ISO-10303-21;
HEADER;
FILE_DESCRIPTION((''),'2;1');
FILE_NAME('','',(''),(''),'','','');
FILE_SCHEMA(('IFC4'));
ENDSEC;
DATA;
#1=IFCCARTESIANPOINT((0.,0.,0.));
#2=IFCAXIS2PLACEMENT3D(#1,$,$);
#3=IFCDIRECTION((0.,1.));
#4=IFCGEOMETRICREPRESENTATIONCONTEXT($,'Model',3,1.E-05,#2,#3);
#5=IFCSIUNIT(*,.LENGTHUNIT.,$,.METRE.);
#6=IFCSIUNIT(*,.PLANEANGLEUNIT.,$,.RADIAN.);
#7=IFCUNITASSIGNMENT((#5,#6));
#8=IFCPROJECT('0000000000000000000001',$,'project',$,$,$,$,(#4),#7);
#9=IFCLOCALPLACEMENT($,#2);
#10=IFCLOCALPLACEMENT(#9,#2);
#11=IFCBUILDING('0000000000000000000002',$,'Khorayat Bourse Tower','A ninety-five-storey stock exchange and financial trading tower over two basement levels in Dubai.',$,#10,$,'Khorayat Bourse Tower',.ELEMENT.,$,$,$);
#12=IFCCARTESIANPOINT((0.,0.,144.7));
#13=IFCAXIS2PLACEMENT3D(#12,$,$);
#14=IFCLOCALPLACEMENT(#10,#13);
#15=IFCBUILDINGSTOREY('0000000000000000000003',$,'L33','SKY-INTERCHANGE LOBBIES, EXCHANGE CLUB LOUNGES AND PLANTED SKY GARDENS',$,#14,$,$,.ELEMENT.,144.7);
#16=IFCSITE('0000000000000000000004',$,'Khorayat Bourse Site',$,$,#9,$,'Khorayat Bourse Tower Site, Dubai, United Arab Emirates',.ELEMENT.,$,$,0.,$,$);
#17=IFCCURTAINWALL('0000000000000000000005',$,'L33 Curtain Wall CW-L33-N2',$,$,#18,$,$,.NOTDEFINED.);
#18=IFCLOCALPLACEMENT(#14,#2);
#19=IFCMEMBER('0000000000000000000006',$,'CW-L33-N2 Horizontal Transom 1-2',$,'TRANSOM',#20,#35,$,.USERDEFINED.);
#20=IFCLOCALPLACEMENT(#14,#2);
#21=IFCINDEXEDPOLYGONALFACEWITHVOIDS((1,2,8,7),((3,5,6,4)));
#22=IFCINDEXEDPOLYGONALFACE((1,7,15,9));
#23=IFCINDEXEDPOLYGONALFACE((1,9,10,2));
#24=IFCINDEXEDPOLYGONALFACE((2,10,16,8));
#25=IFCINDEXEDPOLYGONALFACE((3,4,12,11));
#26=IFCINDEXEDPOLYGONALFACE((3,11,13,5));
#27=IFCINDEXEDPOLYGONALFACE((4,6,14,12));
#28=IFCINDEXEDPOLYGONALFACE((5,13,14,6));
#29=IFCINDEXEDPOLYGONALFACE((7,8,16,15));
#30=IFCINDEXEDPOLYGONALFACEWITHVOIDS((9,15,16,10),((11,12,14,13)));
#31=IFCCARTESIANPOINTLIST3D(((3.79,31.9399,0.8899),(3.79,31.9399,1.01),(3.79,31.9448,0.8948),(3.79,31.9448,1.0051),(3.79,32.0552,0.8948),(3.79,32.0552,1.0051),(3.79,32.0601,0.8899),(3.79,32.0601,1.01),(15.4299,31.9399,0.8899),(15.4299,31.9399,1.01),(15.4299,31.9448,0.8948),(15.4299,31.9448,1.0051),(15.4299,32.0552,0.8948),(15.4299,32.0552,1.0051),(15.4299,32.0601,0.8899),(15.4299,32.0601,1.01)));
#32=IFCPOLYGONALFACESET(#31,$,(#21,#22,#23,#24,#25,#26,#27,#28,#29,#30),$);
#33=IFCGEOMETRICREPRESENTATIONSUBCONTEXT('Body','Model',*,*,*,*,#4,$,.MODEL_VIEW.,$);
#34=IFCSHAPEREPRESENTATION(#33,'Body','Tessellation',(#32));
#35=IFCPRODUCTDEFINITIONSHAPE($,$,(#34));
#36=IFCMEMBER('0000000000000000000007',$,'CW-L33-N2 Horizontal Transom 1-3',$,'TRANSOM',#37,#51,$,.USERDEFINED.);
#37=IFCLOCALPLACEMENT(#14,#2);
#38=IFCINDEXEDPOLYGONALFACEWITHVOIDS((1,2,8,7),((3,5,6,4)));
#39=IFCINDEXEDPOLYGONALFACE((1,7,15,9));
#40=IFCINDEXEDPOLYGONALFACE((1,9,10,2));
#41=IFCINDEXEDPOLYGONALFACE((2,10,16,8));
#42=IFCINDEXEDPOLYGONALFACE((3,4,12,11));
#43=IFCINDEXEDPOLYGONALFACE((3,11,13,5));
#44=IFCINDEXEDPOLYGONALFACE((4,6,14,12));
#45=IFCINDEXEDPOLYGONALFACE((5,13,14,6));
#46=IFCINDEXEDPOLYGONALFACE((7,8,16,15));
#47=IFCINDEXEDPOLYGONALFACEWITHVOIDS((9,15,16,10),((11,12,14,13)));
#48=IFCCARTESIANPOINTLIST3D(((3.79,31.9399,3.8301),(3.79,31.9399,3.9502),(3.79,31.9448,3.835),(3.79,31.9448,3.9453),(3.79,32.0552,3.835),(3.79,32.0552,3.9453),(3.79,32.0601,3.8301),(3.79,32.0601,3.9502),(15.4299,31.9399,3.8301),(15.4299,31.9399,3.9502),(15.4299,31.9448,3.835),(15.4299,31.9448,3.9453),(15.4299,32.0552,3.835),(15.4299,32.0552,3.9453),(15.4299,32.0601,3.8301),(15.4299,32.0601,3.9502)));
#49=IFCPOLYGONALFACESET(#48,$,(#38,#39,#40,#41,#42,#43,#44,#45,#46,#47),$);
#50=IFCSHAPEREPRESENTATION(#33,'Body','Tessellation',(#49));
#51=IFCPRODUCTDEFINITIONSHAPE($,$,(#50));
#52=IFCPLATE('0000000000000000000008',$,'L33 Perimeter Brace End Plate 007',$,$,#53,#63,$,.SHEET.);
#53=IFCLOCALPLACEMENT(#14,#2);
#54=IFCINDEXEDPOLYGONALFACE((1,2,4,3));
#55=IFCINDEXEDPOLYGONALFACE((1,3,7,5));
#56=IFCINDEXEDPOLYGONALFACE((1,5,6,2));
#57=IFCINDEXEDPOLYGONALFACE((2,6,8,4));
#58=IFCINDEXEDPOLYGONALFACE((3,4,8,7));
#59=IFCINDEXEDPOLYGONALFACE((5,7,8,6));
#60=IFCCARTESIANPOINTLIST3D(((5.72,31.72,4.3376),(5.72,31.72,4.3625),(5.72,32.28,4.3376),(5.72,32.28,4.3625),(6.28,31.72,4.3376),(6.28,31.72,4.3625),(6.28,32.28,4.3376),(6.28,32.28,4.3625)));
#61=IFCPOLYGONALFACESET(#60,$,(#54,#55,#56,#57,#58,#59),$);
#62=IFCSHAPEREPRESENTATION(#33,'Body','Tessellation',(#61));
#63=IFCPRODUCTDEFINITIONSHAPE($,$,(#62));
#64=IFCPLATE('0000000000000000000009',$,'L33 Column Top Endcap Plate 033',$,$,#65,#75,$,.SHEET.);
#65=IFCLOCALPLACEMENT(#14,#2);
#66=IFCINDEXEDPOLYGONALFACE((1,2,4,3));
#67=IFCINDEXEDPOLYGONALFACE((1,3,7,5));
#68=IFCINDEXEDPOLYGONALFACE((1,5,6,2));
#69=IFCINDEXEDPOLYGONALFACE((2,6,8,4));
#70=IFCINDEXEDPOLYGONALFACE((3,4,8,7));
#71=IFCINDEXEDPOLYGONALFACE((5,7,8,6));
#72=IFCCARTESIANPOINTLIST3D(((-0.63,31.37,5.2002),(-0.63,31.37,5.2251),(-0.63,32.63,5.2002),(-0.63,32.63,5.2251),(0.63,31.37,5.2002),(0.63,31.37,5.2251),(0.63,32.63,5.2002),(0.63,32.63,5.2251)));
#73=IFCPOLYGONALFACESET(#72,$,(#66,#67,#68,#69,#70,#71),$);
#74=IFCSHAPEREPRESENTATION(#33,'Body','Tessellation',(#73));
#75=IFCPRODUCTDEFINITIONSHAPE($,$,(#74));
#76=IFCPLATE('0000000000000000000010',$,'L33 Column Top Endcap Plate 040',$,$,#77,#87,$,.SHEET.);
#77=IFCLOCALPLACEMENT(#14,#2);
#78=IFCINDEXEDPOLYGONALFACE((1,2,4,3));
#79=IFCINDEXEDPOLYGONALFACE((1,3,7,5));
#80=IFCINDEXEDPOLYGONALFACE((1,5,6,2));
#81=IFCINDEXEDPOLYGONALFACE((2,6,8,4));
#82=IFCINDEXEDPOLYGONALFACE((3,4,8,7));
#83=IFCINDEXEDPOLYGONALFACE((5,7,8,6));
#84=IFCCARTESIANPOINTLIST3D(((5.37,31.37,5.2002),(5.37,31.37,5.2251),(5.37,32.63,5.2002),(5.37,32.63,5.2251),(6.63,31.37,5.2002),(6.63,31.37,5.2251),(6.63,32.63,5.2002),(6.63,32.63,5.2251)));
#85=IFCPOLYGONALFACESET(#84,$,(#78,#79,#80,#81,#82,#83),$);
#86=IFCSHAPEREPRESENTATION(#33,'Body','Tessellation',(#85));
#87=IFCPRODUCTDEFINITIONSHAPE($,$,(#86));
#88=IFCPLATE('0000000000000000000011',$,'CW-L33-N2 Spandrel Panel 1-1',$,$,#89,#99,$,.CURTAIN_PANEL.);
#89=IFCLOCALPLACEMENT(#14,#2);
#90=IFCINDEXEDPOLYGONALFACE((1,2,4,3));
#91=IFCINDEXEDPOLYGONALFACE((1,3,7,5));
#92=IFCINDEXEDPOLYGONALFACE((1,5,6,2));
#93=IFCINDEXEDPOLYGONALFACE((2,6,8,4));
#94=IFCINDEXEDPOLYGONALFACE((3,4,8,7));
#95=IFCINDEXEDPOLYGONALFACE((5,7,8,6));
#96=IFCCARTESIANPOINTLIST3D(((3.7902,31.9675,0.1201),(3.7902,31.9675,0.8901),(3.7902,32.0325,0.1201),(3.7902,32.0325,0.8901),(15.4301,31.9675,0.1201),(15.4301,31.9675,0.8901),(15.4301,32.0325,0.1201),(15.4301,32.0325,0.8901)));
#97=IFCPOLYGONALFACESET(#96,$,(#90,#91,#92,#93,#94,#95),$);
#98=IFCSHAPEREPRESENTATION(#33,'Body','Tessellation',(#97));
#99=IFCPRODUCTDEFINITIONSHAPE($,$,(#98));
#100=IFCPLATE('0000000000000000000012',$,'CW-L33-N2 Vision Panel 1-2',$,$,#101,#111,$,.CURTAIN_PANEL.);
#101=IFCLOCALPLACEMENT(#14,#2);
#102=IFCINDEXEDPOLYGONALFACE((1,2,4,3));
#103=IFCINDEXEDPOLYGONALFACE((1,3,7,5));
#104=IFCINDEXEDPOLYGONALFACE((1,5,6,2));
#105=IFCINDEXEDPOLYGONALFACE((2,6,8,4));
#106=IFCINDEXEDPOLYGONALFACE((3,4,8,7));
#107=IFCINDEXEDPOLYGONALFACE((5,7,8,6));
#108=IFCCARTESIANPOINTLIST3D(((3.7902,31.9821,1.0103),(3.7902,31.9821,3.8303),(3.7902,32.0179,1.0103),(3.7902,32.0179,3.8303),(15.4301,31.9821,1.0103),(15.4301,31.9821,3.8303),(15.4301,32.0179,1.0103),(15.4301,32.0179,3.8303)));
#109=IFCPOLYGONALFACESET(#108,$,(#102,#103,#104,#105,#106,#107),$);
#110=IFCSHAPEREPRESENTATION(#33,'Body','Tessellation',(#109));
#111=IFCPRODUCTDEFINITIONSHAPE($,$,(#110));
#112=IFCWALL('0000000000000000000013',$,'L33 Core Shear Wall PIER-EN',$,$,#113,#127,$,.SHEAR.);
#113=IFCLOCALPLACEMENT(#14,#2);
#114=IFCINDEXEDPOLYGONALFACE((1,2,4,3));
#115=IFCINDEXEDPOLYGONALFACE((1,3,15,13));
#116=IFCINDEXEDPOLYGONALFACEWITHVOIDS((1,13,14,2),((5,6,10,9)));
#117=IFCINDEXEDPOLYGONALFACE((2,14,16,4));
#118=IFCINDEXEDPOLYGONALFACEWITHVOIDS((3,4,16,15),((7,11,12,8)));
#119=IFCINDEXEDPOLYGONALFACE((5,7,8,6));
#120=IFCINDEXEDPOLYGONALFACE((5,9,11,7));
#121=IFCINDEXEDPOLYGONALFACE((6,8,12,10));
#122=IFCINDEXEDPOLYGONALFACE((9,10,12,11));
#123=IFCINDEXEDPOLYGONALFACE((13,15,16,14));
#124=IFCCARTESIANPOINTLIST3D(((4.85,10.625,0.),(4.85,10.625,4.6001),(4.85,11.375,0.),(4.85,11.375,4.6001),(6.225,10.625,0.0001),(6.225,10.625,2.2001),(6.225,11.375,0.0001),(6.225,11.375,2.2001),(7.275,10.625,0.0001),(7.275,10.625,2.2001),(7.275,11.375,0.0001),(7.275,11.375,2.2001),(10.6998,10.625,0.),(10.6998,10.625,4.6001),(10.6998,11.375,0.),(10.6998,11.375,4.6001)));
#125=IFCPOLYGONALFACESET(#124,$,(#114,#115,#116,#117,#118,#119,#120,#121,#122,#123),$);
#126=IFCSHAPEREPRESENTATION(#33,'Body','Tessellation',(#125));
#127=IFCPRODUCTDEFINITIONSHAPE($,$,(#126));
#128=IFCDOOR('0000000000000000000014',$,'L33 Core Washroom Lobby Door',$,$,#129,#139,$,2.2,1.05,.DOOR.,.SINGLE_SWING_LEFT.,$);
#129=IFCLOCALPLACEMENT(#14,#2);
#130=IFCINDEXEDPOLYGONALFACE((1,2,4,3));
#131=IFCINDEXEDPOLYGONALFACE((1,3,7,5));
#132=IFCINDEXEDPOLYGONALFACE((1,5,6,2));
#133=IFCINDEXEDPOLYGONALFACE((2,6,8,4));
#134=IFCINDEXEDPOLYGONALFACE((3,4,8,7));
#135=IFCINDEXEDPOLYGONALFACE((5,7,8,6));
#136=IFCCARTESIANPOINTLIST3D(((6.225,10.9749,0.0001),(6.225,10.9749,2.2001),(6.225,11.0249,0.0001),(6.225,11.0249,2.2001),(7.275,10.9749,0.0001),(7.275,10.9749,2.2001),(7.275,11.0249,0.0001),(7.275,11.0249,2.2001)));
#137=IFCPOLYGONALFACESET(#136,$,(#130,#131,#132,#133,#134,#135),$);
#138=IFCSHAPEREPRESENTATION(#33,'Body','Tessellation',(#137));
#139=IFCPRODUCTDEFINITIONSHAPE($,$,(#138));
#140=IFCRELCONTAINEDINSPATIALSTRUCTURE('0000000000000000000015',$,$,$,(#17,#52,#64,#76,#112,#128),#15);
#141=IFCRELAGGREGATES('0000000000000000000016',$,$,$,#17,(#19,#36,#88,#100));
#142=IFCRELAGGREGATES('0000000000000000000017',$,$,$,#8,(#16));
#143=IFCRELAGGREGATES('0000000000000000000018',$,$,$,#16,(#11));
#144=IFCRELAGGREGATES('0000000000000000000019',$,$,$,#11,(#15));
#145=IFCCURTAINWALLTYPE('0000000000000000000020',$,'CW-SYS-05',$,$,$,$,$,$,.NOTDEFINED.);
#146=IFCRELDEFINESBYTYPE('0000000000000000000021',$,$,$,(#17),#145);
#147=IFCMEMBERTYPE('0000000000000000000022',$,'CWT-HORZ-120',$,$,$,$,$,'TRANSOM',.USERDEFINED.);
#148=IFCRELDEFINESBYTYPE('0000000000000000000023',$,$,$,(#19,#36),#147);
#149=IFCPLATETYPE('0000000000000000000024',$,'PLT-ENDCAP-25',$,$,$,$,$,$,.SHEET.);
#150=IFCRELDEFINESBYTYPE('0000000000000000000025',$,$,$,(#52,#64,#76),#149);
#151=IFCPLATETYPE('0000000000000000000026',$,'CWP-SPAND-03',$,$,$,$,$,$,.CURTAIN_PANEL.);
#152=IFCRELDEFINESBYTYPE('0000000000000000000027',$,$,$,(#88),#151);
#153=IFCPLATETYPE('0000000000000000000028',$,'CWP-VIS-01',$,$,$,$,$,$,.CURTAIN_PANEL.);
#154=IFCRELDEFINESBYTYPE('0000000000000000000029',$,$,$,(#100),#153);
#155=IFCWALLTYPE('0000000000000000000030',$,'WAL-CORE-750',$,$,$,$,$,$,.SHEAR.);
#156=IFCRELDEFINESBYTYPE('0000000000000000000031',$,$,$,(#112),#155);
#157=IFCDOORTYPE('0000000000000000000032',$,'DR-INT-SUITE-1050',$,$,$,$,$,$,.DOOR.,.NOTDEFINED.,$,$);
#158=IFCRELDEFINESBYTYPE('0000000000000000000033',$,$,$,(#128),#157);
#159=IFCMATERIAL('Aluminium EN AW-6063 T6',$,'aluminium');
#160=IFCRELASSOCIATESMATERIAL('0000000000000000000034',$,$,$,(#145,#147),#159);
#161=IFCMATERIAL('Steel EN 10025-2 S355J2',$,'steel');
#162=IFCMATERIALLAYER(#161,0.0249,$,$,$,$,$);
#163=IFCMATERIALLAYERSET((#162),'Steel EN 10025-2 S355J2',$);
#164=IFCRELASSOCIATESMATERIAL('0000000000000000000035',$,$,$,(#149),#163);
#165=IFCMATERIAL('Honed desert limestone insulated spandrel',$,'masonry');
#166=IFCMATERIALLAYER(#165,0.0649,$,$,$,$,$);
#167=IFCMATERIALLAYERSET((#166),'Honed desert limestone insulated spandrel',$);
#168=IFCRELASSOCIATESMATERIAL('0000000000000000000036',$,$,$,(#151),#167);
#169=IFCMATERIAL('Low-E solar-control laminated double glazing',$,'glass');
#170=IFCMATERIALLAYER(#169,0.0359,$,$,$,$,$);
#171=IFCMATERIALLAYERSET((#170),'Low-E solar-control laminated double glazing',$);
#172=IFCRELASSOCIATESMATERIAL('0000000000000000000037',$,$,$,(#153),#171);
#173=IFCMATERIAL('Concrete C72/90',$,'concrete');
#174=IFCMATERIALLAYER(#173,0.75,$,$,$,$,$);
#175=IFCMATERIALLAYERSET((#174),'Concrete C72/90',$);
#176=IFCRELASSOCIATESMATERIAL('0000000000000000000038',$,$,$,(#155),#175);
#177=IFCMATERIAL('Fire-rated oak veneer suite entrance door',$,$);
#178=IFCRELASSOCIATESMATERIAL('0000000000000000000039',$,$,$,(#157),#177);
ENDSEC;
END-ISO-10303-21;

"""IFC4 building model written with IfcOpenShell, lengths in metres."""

from ifc_helpers import new_model, si_unit, direction, frame, frame_2d, origin, origin_2d, place, context, subcontext, project, spatial, rectangle, hollow_rectangle, extrude, source, transform, mapped, material, layer, layer_set, material_profile, profile_set, type_object, element, fill, aggregate, save


model = new_model("IFC4")

# Units and contexts
model_context = context("Model", 3, precision=1e-05, world=origin(), true_north=direction((0.0, 1.0)))
body_context = subcontext(model_context, "Body", "Model", "MODEL_VIEW")
ifc_project = project(units=[si_unit("LENGTHUNIT", "METRE"), si_unit("PLANEANGLEUNIT", "RADIAN")], contexts=[model_context])

# Site, building, storey
site_placement = place(None, origin())
site = spatial("IfcSite", under=ifc_project, at=site_placement, Name="Khorayat Bourse Site", LongName="Khorayat Bourse Tower Site, Dubai, United Arab Emirates", CompositionType="ELEMENT", RefElevation=0.0)
building_placement = place(site_placement, origin())
building = spatial("IfcBuilding", under=site, at=building_placement, Name="Khorayat Bourse Tower", Description="A ninety-five-storey stock exchange and financial trading tower over two basement levels in Dubai.", LongName="Khorayat Bourse Tower", CompositionType="ELEMENT")
storey_placement = place(building_placement, frame((0.0, 0.0, 144.7)))
storey = spatial("IfcBuildingStorey", under=building, at=storey_placement, Name="L33", Description="SKY-INTERCHANGE LOBBIES, EXCHANGE CLUB LOUNGES AND PLANTED SKY GARDENS", CompositionType="ELEMENT", Elevation=144.7)

# Shared definitions
ifc_material_1 = material(Name="Concrete C72/90", Category="concrete")

# Shared definitions
ifc_material_2 = material(Name="Aluminium EN AW-6063 T6", Category="aluminium")
curtain_wall_type = type_object("IfcCurtainWallType", Name="CW-SYS-05", PredefinedType="NOTDEFINED", material=ifc_material_2)

# Curtain wall, members
curtain_wall_1_placement = place(storey_placement, origin())
curtain_wall_1 = element("IfcCurtainWall", 1, at=curtain_wall_1_placement, inside=storey, type_object=curtain_wall_type, Name="L33 Curtain Wall CW-L33-N2", PredefinedType="NOTDEFINED")
ifc_material_profile_1 = material_profile(ifc_material_2, hollow_rectangle(XDim=0.1201, YDim=0.1201, WallThickness=0.0049, at=origin_2d()), Name="ALU 120x120x5")
ifc_profile_set_1 = profile_set([ifc_material_profile_1], Name="Aluminium EN AW-6063 T6")
member_type_1 = type_object("IfcMemberType", Name="CWT-HORZ-120", ElementType="TRANSOM", PredefinedType="USERDEFINED", material=ifc_profile_set_1)
shared_shape_1 = source(origin(), body_context, "Body", "SweptSolid", [
    extrude(hollow_rectangle(XDim=0.1201, YDim=0.1201, WallThickness=0.0049, at=origin_2d()), origin(), (0.0, 0.0, 1.0), 11.6399),
])
member_1_placement = place(storey_placement, frame((3.79, 32.0, 0.95), z_axis=(1.0, 0.0, 0.0), x_axis=(0.0, 1.0, 0.0)))
member_1 = element("IfcMember", 2, at=member_1_placement, type_object=member_type_1, Name="CW-L33-N2 Horizontal Transom 1-2", ObjectType="TRANSOM", PredefinedType="USERDEFINED", context=body_context, shape_type="MappedRepresentation", body=[
    mapped(shared_shape_1, transform((0.0, 0.0, 0.0), scale=1.0)),
])
member_2_placement = place(storey_placement, frame((3.79, 32.0, 3.8901), z_axis=(1.0, 0.0, 0.0), x_axis=(0.0, 1.0, 0.0)))
member_2 = element("IfcMember", 3, at=member_2_placement, type_object=member_type_1, Name="CW-L33-N2 Horizontal Transom 1-3", ObjectType="TRANSOM", PredefinedType="USERDEFINED", context=body_context, shape_type="MappedRepresentation", body=[
    mapped(shared_shape_1, transform((0.0, 0.0, 0.0), scale=1.0)),
])

# Plates
ifc_material_3 = material(Name="Steel EN 10025-2 S355J2", Category="steel")
ifc_layer_1 = layer(ifc_material_3, 0.0249)
ifc_layer_set_1 = layer_set([ifc_layer_1], Name="Steel EN 10025-2 S355J2")
plate_type_1 = type_object("IfcPlateType", Name="PLT-ENDCAP-25", PredefinedType="SHEET", material=ifc_layer_set_1)
shared_shape_2 = source(origin(), body_context, "Body", "SweptSolid", [
    extrude(rectangle(XDim=0.5601, YDim=0.5601, at=origin_2d()), origin(), (0.0, 0.0, 1.0), 0.0249),
])
plate_1_placement = place(storey_placement, frame((6.0, 32.0, 4.3376), z_axis=(0.0, 0.0, 1.0), x_axis=(1.0, 0.0, 0.0)))
element("IfcPlate", 4, at=plate_1_placement, inside=storey, type_object=plate_type_1, Name="L33 Perimeter Brace End Plate 007", PredefinedType="SHEET", context=body_context, shape_type="MappedRepresentation", body=[
    mapped(shared_shape_2, transform((0.0, 0.0, 0.0), scale=1.0)),
])
shared_shape_3 = source(origin(), body_context, "Body", "SweptSolid", [
    extrude(rectangle(XDim=1.26, YDim=1.26, at=origin_2d()), origin(), (0.0, 0.0, 1.0), 0.0249),
])
for number, where, z_axis, x_axis, name in (
    (5, (0.0, 32.0, 5.2002), (0.0, 0.0, 1.0), (1.0, 0.0, 0.0), "L33 Column Top Endcap Plate 033"),
    (6, (6.0, 32.0, 5.2002), (0.0, 0.0, 1.0), (1.0, 0.0, 0.0), "L33 Column Top Endcap Plate 040"),
):
    element("IfcPlate", number, at=place(storey_placement, frame(where, z_axis=z_axis, x_axis=x_axis)), inside=storey, type_object=plate_type_1, Name=name, PredefinedType="SHEET", context=body_context, shape_type="MappedRepresentation", body=[
        mapped(shared_shape_3, transform((0.0, 0.0, 0.0), scale=1.0)),
    ])

# Plates
ifc_material_4 = material(Name="Honed desert limestone insulated spandrel", Category="masonry")
ifc_layer_2 = layer(ifc_material_4, 0.0649)
ifc_layer_set_2 = layer_set([ifc_layer_2], Name="Honed desert limestone insulated spandrel")
plate_type_2 = type_object("IfcPlateType", Name="CWP-SPAND-03", PredefinedType="CURTAIN_PANEL", material=ifc_layer_set_2)
shared_shape_4 = source(origin(), body_context, "Body", "SweptSolid", [
    extrude(rectangle(XDim=11.6399, YDim=0.0649, at=origin_2d()), origin(), (0.0, 0.0, 1.0), 0.77),
])
plate_2_placement = place(storey_placement, frame((9.6101, 32.0, 0.1201), z_axis=(0.0, 0.0, 1.0), x_axis=(1.0, 0.0, 0.0)))
plate_2 = element("IfcPlate", 7, at=plate_2_placement, type_object=plate_type_2, Name="CW-L33-N2 Spandrel Panel 1-1", PredefinedType="CURTAIN_PANEL", context=body_context, shape_type="MappedRepresentation", body=[
    mapped(shared_shape_4, transform((0.0, 0.0, 0.0), scale=1.0)),
])
ifc_material_5 = material(Name="Low-E solar-control laminated double glazing", Category="glass")
ifc_layer_3 = layer(ifc_material_5, 0.0359)
ifc_layer_set_3 = layer_set([ifc_layer_3], Name="Low-E solar-control laminated double glazing")
plate_type_3 = type_object("IfcPlateType", Name="CWP-VIS-01", PredefinedType="CURTAIN_PANEL", material=ifc_layer_set_3)
shared_shape_5 = source(origin(), body_context, "Body", "SweptSolid", [
    extrude(rectangle(XDim=11.6399, YDim=0.0359, at=origin_2d()), origin(), (0.0, 0.0, 1.0), 2.8201),
])
plate_3_placement = place(storey_placement, frame((9.6101, 32.0, 1.0103), z_axis=(0.0, 0.0, 1.0), x_axis=(1.0, 0.0, 0.0)))
plate_3 = element("IfcPlate", 8, at=plate_3_placement, type_object=plate_type_3, Name="CW-L33-N2 Vision Panel 1-2", PredefinedType="CURTAIN_PANEL", context=body_context, shape_type="MappedRepresentation", body=[
    mapped(shared_shape_5, transform((0.0, 0.0, 0.0), scale=1.0)),
])
aggregate(curtain_wall_1, [member_1, member_2, plate_2, plate_3])

# Wall, opening, door
ifc_layer_4 = layer(ifc_material_1, 0.75)
ifc_layer_set_4 = layer_set([ifc_layer_4], Name="Concrete C72/90")
wall_type_1 = type_object("IfcWallType", Name="WAL-CORE-750", PredefinedType="SHEAR", material=ifc_layer_set_4)
shared_shape_6 = source(origin(), body_context, "Body", "SweptSolid", [
    extrude(rectangle(XDim=5.8499, YDim=0.75, at=frame_2d((2.9248, 0.0))), origin(), (0.0, 0.0, 1.0), 4.6001),
])
wall_1_placement = place(storey_placement, frame((4.8501, 11.0, 0.0), z_axis=(0.0, 0.0, 1.0), x_axis=(1.0, 0.0, 0.0)))
wall_1 = element("IfcWall", 9, at=wall_1_placement, inside=storey, type_object=wall_type_1, Name="L33 Core Shear Wall PIER-EN", PredefinedType="SHEAR", context=body_context, shape_type="MappedRepresentation", body=[
    mapped(shared_shape_6, transform((0.0, 0.0, 0.0), scale=1.0)),
])
shared_shape_7 = source(origin(), body_context, "Body", "SweptSolid", [
    extrude(rectangle(XDim=1.05, YDim=2.2, at=frame_2d((0.5249, 1.1001))), frame((0.0, 0.385, 0.0), z_axis=(0.0, -1.0, 0.0), x_axis=(1.0, 0.0, 0.0)), (0.0, 0.0, 1.0), 0.77),
])
opening_1_placement = place(wall_1_placement, frame((1.375, 0.0, 0.0)))
opening_1 = element("IfcOpeningElement", 10, at=opening_1_placement, cuts=wall_1, PredefinedType="OPENING", context=body_context, shape_type="MappedRepresentation", body=[
    mapped(shared_shape_7, transform((0.0, 0.0, 0.0), scale=1.0)),
])
ifc_material_6 = material(Name="Fire-rated oak veneer suite entrance door")
door_type_1 = type_object("IfcDoorType", Name="DR-INT-SUITE-1050", OperationType="NOTDEFINED", PredefinedType="DOOR", material=ifc_material_6)
shared_shape_8 = source(origin(), body_context, "Body", "SweptSolid", [
    extrude(rectangle(XDim=1.05, YDim=2.2, at=frame_2d((0.5249, 1.1001))), frame((0.0, 0.0249, 0.0), z_axis=(0.0, -1.0, 0.0), x_axis=(1.0, 0.0, 0.0)), (0.0, 0.0, 1.0), 0.05),
])
door_1_placement = place(opening_1_placement, origin())
door_1 = element("IfcDoor", 11, at=door_1_placement, inside=storey, type_object=door_type_1, Name="L33 Core Washroom Lobby Door", OperationType="SINGLE_SWING_LEFT", OverallHeight=2.2, OverallWidth=1.05, PredefinedType="DOOR", context=body_context, shape_type="MappedRepresentation", body=[
    mapped(shared_shape_8, transform((0.0, 0.0, 0.0), scale=1.0)),
])
fill(opening_1, door_1)

save(model, "model.ifc")
